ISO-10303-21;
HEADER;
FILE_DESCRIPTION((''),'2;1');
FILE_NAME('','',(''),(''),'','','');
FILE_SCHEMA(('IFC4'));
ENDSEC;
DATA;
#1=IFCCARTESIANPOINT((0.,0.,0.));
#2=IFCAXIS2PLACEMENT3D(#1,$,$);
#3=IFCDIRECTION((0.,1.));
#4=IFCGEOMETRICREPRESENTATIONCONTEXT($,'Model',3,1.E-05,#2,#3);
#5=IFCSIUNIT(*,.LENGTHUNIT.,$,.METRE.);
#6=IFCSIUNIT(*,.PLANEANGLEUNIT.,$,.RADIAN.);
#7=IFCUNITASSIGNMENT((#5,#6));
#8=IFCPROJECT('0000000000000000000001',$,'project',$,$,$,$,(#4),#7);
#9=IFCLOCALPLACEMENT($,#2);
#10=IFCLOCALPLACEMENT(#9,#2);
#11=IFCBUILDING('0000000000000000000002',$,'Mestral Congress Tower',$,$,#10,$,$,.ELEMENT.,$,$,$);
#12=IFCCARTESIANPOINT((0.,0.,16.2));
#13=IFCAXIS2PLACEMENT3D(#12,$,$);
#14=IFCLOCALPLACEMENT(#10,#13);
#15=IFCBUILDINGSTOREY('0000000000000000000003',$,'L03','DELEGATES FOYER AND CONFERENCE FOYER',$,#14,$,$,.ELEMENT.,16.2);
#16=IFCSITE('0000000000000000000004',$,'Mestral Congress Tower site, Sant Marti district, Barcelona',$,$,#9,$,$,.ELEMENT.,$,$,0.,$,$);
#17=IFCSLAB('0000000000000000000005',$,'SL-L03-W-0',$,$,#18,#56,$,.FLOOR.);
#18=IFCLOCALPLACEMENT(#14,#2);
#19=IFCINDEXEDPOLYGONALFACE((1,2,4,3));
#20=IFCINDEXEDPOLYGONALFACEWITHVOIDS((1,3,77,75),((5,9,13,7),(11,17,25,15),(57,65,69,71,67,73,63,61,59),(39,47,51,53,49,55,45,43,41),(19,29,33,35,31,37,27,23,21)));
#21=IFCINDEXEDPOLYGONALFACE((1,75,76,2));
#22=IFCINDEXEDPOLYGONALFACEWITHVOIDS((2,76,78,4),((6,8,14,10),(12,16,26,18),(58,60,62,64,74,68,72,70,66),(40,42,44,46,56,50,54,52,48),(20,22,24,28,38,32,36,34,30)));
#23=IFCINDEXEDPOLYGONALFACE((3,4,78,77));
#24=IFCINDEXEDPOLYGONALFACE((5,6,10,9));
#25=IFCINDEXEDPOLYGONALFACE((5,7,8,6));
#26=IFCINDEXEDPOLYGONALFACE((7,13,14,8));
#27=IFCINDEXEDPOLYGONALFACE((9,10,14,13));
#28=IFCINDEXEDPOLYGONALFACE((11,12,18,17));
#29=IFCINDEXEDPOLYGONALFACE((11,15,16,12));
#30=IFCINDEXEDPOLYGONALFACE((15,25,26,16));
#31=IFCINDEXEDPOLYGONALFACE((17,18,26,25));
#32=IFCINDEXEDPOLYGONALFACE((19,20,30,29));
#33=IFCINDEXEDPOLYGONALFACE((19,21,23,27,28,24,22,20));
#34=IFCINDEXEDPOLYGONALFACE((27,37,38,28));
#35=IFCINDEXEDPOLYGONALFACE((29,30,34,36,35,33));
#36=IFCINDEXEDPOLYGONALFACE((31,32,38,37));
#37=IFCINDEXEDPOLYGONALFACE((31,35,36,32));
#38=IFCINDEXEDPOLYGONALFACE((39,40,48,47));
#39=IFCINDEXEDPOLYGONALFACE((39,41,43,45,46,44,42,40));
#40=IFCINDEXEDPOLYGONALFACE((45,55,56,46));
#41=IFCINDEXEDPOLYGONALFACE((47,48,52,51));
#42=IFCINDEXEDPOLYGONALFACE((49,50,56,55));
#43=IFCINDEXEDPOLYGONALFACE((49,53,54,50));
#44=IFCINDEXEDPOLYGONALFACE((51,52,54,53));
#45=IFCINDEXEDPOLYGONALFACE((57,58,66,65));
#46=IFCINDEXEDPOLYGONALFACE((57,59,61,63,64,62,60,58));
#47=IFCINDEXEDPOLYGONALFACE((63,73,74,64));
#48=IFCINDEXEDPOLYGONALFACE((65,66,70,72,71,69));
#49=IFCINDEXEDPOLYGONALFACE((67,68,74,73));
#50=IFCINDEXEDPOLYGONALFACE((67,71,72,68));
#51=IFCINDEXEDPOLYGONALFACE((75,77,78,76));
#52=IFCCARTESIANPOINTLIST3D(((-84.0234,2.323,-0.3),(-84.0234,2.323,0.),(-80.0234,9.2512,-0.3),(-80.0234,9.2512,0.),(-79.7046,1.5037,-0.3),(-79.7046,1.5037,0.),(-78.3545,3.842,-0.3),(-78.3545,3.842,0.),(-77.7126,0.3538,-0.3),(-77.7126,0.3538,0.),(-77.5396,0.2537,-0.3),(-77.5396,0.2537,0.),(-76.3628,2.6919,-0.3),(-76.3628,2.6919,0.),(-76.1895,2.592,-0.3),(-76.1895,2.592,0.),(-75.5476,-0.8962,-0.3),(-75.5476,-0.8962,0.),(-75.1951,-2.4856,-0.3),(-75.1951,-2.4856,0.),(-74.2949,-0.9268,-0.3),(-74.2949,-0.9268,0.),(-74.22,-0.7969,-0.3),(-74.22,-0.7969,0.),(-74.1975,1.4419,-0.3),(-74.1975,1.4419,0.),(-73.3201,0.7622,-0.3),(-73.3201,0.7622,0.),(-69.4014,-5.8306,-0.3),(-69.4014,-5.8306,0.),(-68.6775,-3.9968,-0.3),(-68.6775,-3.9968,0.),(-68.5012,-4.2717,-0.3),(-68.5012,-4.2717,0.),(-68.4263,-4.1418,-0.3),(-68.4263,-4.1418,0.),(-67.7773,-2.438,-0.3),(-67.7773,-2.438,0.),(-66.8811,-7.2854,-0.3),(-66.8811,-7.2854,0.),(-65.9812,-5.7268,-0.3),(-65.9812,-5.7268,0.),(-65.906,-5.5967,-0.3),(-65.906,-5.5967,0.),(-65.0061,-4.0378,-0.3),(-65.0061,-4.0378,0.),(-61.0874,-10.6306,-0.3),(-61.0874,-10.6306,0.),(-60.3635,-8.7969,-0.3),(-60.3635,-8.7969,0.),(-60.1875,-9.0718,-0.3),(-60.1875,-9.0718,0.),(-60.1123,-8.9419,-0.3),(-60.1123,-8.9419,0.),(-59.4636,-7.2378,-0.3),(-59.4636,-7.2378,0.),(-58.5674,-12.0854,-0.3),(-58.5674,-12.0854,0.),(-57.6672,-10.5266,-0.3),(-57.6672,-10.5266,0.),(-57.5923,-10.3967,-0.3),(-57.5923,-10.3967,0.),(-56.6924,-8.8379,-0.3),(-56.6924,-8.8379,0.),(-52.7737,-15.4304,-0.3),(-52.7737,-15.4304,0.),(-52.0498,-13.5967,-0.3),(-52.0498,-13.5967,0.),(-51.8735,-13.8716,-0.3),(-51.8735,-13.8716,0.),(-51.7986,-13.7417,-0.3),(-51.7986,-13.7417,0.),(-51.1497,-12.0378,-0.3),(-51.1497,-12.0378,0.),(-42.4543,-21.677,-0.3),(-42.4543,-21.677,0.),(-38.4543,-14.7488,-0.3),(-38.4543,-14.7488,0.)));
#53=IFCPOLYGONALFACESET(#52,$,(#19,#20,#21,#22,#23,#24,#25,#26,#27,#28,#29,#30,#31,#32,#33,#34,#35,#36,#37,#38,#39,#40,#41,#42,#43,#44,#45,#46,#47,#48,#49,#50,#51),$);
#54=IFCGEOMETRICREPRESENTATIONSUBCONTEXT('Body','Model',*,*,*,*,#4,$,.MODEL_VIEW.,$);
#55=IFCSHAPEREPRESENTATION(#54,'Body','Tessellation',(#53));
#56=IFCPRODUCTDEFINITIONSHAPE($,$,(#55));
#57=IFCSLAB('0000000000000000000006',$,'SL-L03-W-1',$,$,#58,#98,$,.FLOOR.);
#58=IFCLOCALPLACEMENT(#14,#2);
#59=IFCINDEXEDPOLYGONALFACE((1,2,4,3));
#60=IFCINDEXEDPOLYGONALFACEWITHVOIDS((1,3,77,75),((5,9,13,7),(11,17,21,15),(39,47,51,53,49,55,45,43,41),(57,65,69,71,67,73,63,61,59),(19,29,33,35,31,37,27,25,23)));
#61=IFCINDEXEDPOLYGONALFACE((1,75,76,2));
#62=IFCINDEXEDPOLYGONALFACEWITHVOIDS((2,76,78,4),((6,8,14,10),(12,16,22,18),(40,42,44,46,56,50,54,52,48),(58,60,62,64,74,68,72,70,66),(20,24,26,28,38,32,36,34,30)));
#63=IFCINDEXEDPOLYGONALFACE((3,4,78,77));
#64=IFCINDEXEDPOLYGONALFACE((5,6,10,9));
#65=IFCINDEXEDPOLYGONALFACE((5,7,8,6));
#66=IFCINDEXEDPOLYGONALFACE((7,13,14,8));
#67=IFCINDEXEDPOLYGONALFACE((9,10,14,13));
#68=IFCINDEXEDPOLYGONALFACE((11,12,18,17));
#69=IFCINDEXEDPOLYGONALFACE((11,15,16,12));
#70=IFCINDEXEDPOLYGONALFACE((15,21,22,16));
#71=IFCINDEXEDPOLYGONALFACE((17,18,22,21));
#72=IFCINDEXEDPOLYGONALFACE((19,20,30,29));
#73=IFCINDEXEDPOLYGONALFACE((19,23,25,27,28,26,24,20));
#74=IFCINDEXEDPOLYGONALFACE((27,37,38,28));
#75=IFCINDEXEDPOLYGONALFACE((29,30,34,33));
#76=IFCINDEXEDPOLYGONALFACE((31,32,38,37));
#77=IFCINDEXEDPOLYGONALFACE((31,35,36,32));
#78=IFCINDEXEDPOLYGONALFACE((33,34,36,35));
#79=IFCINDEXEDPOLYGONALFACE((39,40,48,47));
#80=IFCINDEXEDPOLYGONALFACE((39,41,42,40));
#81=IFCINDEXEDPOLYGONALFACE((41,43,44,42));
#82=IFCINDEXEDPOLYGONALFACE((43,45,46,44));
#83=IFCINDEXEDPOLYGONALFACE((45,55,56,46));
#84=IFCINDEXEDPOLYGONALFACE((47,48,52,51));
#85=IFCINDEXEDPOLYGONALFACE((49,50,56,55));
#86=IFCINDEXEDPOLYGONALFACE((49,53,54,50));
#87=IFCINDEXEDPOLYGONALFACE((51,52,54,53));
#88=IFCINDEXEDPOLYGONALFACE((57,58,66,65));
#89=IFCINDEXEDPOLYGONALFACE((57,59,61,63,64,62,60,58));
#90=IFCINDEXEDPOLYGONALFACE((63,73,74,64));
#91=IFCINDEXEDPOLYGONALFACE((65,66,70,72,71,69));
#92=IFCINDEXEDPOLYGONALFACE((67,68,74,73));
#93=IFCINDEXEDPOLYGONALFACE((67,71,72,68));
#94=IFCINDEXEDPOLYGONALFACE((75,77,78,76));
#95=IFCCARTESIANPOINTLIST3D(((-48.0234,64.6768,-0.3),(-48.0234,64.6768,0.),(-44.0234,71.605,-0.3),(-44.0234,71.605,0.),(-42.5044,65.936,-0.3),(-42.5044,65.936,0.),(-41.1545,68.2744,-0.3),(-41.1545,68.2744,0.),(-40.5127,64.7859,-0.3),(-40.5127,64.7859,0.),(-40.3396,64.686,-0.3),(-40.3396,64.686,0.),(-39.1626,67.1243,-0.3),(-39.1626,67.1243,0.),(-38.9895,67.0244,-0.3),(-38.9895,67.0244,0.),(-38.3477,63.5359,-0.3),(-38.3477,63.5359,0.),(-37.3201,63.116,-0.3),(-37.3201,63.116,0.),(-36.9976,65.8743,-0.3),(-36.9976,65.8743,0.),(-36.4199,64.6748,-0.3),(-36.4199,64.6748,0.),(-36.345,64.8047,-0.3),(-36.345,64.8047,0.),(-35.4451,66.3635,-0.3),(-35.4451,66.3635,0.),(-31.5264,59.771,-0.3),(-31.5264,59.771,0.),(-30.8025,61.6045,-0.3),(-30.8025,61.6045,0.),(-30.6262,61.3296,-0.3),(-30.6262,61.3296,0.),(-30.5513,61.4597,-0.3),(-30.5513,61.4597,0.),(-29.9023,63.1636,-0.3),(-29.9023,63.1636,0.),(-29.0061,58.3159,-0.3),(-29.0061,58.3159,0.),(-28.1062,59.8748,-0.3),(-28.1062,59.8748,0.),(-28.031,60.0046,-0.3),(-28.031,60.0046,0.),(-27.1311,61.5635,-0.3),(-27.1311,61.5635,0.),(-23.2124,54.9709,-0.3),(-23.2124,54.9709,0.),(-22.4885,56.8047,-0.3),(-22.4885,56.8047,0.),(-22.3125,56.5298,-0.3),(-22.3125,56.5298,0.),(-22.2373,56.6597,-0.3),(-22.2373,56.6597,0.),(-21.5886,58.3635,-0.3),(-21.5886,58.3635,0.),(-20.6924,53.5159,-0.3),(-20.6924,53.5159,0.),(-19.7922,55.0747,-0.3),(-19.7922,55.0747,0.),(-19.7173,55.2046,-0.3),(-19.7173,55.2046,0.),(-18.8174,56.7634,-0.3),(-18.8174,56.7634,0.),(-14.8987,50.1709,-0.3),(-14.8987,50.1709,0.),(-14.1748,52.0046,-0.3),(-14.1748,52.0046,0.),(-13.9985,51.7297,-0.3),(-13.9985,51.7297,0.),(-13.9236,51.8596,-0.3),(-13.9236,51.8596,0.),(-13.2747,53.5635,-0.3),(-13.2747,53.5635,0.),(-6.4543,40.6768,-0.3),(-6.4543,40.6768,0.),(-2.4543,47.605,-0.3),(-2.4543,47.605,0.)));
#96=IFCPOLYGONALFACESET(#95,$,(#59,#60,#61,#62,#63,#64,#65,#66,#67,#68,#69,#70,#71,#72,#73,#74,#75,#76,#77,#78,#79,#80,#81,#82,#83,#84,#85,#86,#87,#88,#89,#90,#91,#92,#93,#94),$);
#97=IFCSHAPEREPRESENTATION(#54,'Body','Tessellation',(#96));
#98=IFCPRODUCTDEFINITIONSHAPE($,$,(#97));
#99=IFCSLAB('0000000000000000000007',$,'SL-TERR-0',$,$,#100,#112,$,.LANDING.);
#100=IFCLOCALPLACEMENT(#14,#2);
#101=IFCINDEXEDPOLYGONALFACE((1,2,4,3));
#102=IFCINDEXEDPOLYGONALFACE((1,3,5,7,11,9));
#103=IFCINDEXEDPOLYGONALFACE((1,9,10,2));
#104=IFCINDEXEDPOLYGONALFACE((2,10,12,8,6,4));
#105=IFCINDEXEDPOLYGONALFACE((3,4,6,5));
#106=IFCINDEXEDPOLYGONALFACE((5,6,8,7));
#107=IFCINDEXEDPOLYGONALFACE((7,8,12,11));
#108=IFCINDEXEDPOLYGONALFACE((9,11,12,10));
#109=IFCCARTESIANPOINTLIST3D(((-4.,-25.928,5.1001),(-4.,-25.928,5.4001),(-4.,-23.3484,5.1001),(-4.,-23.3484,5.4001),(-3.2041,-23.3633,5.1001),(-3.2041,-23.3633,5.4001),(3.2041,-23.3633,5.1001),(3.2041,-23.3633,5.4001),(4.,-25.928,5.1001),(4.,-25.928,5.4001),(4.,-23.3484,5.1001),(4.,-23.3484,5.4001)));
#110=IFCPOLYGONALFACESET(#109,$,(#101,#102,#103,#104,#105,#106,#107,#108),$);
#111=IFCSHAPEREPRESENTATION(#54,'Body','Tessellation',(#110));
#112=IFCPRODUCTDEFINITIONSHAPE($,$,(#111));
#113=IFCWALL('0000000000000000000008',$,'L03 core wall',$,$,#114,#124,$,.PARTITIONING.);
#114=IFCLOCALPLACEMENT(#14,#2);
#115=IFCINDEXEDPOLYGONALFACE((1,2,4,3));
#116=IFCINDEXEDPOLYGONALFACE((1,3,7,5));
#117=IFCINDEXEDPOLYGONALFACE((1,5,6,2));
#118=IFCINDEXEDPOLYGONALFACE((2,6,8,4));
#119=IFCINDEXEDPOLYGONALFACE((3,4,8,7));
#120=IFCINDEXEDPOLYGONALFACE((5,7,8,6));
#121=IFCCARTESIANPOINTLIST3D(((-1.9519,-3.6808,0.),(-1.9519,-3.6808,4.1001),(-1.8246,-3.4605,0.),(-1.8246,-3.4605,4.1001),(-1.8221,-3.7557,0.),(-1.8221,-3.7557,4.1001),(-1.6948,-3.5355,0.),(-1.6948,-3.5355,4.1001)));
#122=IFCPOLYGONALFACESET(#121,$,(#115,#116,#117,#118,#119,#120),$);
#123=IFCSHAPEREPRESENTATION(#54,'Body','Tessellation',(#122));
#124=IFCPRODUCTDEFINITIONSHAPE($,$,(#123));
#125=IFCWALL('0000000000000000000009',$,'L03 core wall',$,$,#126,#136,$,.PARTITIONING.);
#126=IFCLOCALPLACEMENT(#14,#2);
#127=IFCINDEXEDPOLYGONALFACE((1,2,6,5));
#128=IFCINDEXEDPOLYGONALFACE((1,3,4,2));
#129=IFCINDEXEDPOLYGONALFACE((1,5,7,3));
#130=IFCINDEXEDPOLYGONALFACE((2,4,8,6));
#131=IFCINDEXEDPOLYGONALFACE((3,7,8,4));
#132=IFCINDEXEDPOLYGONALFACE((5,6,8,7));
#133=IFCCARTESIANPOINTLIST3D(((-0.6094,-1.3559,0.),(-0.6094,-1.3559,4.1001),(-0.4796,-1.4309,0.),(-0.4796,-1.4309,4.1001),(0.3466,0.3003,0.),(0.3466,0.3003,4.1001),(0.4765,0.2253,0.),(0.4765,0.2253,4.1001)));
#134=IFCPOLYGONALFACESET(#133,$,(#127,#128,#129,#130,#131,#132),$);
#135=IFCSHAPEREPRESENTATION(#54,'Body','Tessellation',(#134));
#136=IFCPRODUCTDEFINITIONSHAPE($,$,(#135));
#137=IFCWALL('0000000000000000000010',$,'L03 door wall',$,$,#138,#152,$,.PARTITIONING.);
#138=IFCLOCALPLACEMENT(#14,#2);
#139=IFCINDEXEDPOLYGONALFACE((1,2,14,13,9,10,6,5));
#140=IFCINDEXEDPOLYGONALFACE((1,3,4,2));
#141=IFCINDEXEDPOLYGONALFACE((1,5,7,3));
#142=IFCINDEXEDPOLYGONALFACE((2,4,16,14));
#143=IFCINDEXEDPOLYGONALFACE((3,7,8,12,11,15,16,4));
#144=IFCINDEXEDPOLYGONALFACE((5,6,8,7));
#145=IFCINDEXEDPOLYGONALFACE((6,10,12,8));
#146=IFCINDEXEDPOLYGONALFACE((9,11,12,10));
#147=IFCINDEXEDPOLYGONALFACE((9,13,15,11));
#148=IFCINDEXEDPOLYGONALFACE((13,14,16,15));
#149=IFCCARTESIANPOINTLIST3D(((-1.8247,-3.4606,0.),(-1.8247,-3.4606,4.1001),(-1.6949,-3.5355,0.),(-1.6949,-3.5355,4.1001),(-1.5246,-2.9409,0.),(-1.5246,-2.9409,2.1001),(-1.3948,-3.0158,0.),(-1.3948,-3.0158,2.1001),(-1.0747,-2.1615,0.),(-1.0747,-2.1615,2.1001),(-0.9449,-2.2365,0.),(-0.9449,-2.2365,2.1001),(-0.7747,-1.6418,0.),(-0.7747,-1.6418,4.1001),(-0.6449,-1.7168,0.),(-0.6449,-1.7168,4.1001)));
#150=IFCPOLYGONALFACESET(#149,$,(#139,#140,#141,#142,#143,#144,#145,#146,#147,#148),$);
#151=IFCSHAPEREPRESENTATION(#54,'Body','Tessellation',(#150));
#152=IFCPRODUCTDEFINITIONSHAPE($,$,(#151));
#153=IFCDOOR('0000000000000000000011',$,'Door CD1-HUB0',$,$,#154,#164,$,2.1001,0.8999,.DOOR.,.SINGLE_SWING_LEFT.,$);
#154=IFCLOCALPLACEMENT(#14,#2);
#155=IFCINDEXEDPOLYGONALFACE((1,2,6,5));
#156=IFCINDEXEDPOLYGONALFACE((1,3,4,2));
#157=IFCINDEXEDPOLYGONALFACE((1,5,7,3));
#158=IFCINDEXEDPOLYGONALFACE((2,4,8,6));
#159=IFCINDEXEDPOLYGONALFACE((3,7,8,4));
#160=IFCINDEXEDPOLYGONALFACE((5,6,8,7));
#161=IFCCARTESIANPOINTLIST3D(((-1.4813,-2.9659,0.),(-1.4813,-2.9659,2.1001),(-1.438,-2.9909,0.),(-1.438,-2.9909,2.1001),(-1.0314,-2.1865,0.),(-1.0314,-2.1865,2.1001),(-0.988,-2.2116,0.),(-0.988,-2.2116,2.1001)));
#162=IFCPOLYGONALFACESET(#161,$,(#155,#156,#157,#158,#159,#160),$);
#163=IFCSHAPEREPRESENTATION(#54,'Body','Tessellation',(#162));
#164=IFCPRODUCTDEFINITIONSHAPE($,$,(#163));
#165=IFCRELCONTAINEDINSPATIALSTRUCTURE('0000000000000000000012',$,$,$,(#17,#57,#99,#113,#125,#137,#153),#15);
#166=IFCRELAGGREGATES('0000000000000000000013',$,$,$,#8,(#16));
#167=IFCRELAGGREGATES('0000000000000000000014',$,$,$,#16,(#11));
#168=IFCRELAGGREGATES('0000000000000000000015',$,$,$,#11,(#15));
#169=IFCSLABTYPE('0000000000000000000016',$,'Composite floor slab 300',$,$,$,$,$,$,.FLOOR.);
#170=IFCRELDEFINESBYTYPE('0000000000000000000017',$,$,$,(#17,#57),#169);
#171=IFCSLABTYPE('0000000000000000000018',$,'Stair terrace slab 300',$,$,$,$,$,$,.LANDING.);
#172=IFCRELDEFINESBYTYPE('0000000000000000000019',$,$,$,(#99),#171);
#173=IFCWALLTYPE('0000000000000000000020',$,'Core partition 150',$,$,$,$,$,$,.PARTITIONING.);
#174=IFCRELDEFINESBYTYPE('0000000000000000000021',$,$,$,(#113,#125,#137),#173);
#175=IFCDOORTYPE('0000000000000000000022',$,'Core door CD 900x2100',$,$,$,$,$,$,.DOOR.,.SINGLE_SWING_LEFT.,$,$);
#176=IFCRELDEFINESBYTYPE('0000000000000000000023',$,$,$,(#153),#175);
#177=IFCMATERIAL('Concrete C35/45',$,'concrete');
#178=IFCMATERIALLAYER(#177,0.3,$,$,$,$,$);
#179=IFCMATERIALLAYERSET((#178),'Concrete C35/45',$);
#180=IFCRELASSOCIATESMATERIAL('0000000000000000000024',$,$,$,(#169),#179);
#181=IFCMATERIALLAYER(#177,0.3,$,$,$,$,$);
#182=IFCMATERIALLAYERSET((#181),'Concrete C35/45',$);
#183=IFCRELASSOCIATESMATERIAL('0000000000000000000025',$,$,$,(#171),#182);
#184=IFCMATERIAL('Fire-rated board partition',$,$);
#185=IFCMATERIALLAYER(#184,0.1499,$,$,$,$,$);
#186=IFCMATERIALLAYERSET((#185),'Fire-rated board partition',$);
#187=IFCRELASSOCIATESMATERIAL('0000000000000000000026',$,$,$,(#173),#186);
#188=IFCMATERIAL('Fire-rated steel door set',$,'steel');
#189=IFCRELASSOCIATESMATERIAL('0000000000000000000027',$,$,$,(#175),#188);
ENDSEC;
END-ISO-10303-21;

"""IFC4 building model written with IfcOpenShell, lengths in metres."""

from ifc_helpers import new_model, si_unit, direction, frame, frame_2d, origin, place, context, subcontext, project, spatial, polyline, rectangle, outline, extrude, material, layer, layer_set, type_object, element, fill, save


model = new_model("IFC4")

# Units and contexts
model_context = context("Model", 3, precision=1e-05, world=origin(), true_north=direction((0.0, 1.0)))
body_context = subcontext(model_context, "Body", "Model", "MODEL_VIEW")
ifc_project = project(units=[si_unit("LENGTHUNIT", "METRE"), si_unit("PLANEANGLEUNIT", "RADIAN")], contexts=[model_context])

# Site, building, storey
site_placement = place(None, origin())
site = spatial("IfcSite", under=ifc_project, at=site_placement, Name="Mestral Congress Tower site, Sant Marti district, Barcelona", CompositionType="ELEMENT", RefElevation=0.0)
building_placement = place(site_placement, origin())
building = spatial("IfcBuilding", under=site, at=building_placement, Name="Mestral Congress Tower", CompositionType="ELEMENT")
storey_placement = place(building_placement, frame((0.0, 0.0, 16.2)))
storey = spatial("IfcBuildingStorey", under=building, at=storey_placement, Name="L03", Description="DELEGATES FOYER AND CONFERENCE FOYER", CompositionType="ELEMENT", Elevation=16.2)

# Slabs
ifc_material_1 = material(Name="Concrete C35/45", Category="concrete")
ifc_layer_1 = layer(ifc_material_1, 0.3)
ifc_layer_set_1 = layer_set([ifc_layer_1], Name="Concrete C35/45")
slab_type_1 = type_object("IfcSlabType", Name="Composite floor slab 300", PredefinedType="FLOOR", material=ifc_layer_set_1)
placement_1 = place(storey_placement, frame((0.0, 0.0, -0.3)))
element("IfcSlab", 1, at=placement_1, inside=storey, type_object=slab_type_1, Name="SL-L03-W-0", PredefinedType="FLOOR", context=body_context, shape_type="SweptSolid", body=[
    extrude(outline(polyline([(-84.0234, 2.323), (-42.4543, -21.677), (-38.4543, -14.7488), (-80.0234, 9.2512), (-84.0234, 2.323)]), holes=[polyline([(-51.8735, -13.8716), (-52.7737, -15.4304), (-58.5674, -12.0854), (-57.6672, -10.5266), (-57.5923, -10.3967), (-56.6924, -8.8379), (-51.1497, -12.0378), (-52.0498, -13.5967), (-51.7986, -13.7417), (-51.8735, -13.8716)]), polyline([(-60.1875, -9.0718), (-61.0874, -10.6306), (-66.8811, -7.2854), (-65.9812, -5.7268), (-65.906, -5.5967), (-65.0061, -4.0378), (-59.4636, -7.2378), (-60.3635, -8.7969), (-60.1123, -8.9419), (-60.1875, -9.0718)]), polyline([(-69.4014, -5.8306), (-75.1951, -2.4856), (-74.2949, -0.9268), (-74.22, -0.7969), (-73.3201, 0.7622), (-67.7773, -2.438), (-68.6775, -3.9968), (-68.4263, -4.1418), (-68.5012, -4.2717), (-69.4014, -5.8306)]), polyline([(-77.5396, 0.2537), (-76.1895, 2.592), (-74.1975, 1.4419), (-75.5476, -0.8962), (-77.5396, 0.2537)]), polyline([(-79.7046, 1.5037), (-78.3545, 3.842), (-76.3628, 2.6919), (-77.7126, 0.3538), (-79.7046, 1.5037)])]), origin(), (0.0, 0.0, 1.0), 0.3),
])
element("IfcSlab", 2, at=placement_1, inside=storey, type_object=slab_type_1, Name="SL-L03-W-1", PredefinedType="FLOOR", context=body_context, shape_type="SweptSolid", body=[
    extrude(outline(polyline([(-2.4543, 47.605), (-44.0234, 71.605), (-48.0234, 64.6768), (-6.4543, 40.6768), (-2.4543, 47.605)]), holes=[polyline([(-14.8987, 50.1709), (-20.6924, 53.5159), (-19.7922, 55.0747), (-19.7173, 55.2046), (-18.8174, 56.7634), (-13.2747, 53.5635), (-14.1748, 52.0046), (-13.9236, 51.8596), (-13.9985, 51.7297), (-14.8987, 50.1709)]), polyline([(-23.2124, 54.9709), (-29.0061, 58.3159), (-28.1062, 59.8748), (-28.031, 60.0046), (-27.1311, 61.5635), (-21.5886, 58.3635), (-22.4885, 56.8047), (-22.2373, 56.6597), (-22.3125, 56.5298), (-23.2124, 54.9709)]), polyline([(-30.6262, 61.3296), (-31.5264, 59.771), (-37.3201, 63.116), (-36.4199, 64.6748), (-36.345, 64.8047), (-35.4451, 66.3635), (-29.9023, 63.1636), (-30.8025, 61.6045), (-30.5513, 61.4597), (-30.6262, 61.3296)]), polyline([(-40.3396, 64.686), (-38.9895, 67.0244), (-36.9976, 65.8743), (-38.3477, 63.5359), (-40.3396, 64.686)]), polyline([(-41.1545, 68.2744), (-39.1626, 67.1243), (-40.5127, 64.7859), (-42.5044, 65.936), (-41.1545, 68.2744)])]), origin(), (0.0, 0.0, 1.0), 0.3),
])
ifc_layer_2 = layer(ifc_material_1, 0.3)
ifc_layer_set_2 = layer_set([ifc_layer_2], Name="Concrete C35/45")
slab_type_2 = type_object("IfcSlabType", Name="Stair terrace slab 300", PredefinedType="LANDING", material=ifc_layer_set_2)
slab_1_placement = place(storey_placement, frame((0.0, 0.0, 5.1001)))
element("IfcSlab", 3, at=slab_1_placement, inside=storey, type_object=slab_type_2, Name="SL-TERR-0", PredefinedType="LANDING", context=body_context, shape_type="SweptSolid", body=[
    extrude(outline(polyline([(4.0, -25.928), (4.0, -23.3484), (3.2041, -23.3633), (-3.2041, -23.3633), (-4.0, -23.3484), (-4.0, -25.928), (4.0, -25.928)])), origin(), (0.0, 0.0, 1.0), 0.3),
])

# Walls
ifc_material_2 = material(Name="Fire-rated board partition")
ifc_layer_3 = layer(ifc_material_2, 0.1499)
ifc_layer_set_3 = layer_set([ifc_layer_3], Name="Fire-rated board partition")
wall_type_1 = type_object("IfcWallType", Name="Core partition 150", PredefinedType="PARTITIONING", material=ifc_layer_set_3)
wall_1_placement = place(storey_placement, frame((-1.887, -3.7183, 0.0), z_axis=(0.0, 0.0, 1.0), x_axis=(0.500166, 0.86593, 0.0)))
element("IfcWall", 4, at=wall_1_placement, inside=storey, type_object=wall_type_1, Name="L03 core wall", PredefinedType="PARTITIONING", context=body_context, shape_type="SweptSolid", body=[
    extrude(rectangle(XDim=0.2544, YDim=0.1499, at=frame_2d((0.1272, 0.0))), origin(), (0.0, 0.0, 1.0), 4.1001),
])
wall_2_placement = place(storey_placement, frame((-0.5444, -1.3933, 0.0), z_axis=(0.0, 0.0, 1.0), x_axis=(0.499929, 0.866067, 0.0)))
element("IfcWall", 5, at=wall_2_placement, inside=storey, type_object=wall_type_1, Name="L03 core wall", PredefinedType="PARTITIONING", context=body_context, shape_type="SweptSolid", body=[
    extrude(rectangle(XDim=1.9124, YDim=0.1499, at=frame_2d((0.9561, 0.0))), origin(), (0.0, 0.0, 1.0), 4.1001),
])

# Wall, opening, door
wall_3_placement = place(storey_placement, frame((-1.7598, -3.498, 0.0), z_axis=(0.0, 0.0, 1.0), x_axis=(0.499977, 0.866038, 0.0)))
wall_3 = element("IfcWall", 6, at=wall_3_placement, inside=storey, type_object=wall_type_1, Name="L03 door wall", PredefinedType="PARTITIONING", context=body_context, shape_type="SweptSolid", body=[
    extrude(rectangle(XDim=2.1001, YDim=0.1499, at=frame_2d((1.05, 0.0))), origin(), (0.0, 0.0, 1.0), 4.1001),
])
opening_placement = place(wall_3_placement, frame((0.6001, 0.0, 0.0)))
opening = element("IfcOpeningElement", 7, at=opening_placement, cuts=wall_3, PredefinedType="OPENING", context=body_context, shape_type="SweptSolid", body=[
    extrude(rectangle(XDim=0.8999, YDim=2.1001, at=frame_2d((0.45, 1.05))), frame((0.0, 0.085, 0.0), z_axis=(0.0, -1.0, 0.0), x_axis=(1.0, 0.0, 0.0)), (0.0, 0.0, 1.0), 0.1699),
])
ifc_material_3 = material(Name="Fire-rated steel door set", Category="steel")
door_type = type_object("IfcDoorType", Name="Core door CD 900x2100", OperationType="SINGLE_SWING_LEFT", PredefinedType="DOOR", material=ifc_material_3)
door_placement = place(opening_placement, origin())
door = element("IfcDoor", 8, at=door_placement, inside=storey, type_object=door_type, Name="Door CD1-HUB0", OperationType="SINGLE_SWING_LEFT", OverallHeight=2.1001, OverallWidth=0.8999, PredefinedType="DOOR", context=body_context, shape_type="SweptSolid", body=[
    extrude(rectangle(XDim=0.8999, YDim=2.1001, at=frame_2d((0.45, 1.05))), frame((0.0, 0.0249, 0.0), z_axis=(0.0, -1.0, 0.0), x_axis=(1.0, 0.0, 0.0)), (0.0, 0.0, 1.0), 0.05),
])
fill(opening, door)

save(model, "model.ifc")
